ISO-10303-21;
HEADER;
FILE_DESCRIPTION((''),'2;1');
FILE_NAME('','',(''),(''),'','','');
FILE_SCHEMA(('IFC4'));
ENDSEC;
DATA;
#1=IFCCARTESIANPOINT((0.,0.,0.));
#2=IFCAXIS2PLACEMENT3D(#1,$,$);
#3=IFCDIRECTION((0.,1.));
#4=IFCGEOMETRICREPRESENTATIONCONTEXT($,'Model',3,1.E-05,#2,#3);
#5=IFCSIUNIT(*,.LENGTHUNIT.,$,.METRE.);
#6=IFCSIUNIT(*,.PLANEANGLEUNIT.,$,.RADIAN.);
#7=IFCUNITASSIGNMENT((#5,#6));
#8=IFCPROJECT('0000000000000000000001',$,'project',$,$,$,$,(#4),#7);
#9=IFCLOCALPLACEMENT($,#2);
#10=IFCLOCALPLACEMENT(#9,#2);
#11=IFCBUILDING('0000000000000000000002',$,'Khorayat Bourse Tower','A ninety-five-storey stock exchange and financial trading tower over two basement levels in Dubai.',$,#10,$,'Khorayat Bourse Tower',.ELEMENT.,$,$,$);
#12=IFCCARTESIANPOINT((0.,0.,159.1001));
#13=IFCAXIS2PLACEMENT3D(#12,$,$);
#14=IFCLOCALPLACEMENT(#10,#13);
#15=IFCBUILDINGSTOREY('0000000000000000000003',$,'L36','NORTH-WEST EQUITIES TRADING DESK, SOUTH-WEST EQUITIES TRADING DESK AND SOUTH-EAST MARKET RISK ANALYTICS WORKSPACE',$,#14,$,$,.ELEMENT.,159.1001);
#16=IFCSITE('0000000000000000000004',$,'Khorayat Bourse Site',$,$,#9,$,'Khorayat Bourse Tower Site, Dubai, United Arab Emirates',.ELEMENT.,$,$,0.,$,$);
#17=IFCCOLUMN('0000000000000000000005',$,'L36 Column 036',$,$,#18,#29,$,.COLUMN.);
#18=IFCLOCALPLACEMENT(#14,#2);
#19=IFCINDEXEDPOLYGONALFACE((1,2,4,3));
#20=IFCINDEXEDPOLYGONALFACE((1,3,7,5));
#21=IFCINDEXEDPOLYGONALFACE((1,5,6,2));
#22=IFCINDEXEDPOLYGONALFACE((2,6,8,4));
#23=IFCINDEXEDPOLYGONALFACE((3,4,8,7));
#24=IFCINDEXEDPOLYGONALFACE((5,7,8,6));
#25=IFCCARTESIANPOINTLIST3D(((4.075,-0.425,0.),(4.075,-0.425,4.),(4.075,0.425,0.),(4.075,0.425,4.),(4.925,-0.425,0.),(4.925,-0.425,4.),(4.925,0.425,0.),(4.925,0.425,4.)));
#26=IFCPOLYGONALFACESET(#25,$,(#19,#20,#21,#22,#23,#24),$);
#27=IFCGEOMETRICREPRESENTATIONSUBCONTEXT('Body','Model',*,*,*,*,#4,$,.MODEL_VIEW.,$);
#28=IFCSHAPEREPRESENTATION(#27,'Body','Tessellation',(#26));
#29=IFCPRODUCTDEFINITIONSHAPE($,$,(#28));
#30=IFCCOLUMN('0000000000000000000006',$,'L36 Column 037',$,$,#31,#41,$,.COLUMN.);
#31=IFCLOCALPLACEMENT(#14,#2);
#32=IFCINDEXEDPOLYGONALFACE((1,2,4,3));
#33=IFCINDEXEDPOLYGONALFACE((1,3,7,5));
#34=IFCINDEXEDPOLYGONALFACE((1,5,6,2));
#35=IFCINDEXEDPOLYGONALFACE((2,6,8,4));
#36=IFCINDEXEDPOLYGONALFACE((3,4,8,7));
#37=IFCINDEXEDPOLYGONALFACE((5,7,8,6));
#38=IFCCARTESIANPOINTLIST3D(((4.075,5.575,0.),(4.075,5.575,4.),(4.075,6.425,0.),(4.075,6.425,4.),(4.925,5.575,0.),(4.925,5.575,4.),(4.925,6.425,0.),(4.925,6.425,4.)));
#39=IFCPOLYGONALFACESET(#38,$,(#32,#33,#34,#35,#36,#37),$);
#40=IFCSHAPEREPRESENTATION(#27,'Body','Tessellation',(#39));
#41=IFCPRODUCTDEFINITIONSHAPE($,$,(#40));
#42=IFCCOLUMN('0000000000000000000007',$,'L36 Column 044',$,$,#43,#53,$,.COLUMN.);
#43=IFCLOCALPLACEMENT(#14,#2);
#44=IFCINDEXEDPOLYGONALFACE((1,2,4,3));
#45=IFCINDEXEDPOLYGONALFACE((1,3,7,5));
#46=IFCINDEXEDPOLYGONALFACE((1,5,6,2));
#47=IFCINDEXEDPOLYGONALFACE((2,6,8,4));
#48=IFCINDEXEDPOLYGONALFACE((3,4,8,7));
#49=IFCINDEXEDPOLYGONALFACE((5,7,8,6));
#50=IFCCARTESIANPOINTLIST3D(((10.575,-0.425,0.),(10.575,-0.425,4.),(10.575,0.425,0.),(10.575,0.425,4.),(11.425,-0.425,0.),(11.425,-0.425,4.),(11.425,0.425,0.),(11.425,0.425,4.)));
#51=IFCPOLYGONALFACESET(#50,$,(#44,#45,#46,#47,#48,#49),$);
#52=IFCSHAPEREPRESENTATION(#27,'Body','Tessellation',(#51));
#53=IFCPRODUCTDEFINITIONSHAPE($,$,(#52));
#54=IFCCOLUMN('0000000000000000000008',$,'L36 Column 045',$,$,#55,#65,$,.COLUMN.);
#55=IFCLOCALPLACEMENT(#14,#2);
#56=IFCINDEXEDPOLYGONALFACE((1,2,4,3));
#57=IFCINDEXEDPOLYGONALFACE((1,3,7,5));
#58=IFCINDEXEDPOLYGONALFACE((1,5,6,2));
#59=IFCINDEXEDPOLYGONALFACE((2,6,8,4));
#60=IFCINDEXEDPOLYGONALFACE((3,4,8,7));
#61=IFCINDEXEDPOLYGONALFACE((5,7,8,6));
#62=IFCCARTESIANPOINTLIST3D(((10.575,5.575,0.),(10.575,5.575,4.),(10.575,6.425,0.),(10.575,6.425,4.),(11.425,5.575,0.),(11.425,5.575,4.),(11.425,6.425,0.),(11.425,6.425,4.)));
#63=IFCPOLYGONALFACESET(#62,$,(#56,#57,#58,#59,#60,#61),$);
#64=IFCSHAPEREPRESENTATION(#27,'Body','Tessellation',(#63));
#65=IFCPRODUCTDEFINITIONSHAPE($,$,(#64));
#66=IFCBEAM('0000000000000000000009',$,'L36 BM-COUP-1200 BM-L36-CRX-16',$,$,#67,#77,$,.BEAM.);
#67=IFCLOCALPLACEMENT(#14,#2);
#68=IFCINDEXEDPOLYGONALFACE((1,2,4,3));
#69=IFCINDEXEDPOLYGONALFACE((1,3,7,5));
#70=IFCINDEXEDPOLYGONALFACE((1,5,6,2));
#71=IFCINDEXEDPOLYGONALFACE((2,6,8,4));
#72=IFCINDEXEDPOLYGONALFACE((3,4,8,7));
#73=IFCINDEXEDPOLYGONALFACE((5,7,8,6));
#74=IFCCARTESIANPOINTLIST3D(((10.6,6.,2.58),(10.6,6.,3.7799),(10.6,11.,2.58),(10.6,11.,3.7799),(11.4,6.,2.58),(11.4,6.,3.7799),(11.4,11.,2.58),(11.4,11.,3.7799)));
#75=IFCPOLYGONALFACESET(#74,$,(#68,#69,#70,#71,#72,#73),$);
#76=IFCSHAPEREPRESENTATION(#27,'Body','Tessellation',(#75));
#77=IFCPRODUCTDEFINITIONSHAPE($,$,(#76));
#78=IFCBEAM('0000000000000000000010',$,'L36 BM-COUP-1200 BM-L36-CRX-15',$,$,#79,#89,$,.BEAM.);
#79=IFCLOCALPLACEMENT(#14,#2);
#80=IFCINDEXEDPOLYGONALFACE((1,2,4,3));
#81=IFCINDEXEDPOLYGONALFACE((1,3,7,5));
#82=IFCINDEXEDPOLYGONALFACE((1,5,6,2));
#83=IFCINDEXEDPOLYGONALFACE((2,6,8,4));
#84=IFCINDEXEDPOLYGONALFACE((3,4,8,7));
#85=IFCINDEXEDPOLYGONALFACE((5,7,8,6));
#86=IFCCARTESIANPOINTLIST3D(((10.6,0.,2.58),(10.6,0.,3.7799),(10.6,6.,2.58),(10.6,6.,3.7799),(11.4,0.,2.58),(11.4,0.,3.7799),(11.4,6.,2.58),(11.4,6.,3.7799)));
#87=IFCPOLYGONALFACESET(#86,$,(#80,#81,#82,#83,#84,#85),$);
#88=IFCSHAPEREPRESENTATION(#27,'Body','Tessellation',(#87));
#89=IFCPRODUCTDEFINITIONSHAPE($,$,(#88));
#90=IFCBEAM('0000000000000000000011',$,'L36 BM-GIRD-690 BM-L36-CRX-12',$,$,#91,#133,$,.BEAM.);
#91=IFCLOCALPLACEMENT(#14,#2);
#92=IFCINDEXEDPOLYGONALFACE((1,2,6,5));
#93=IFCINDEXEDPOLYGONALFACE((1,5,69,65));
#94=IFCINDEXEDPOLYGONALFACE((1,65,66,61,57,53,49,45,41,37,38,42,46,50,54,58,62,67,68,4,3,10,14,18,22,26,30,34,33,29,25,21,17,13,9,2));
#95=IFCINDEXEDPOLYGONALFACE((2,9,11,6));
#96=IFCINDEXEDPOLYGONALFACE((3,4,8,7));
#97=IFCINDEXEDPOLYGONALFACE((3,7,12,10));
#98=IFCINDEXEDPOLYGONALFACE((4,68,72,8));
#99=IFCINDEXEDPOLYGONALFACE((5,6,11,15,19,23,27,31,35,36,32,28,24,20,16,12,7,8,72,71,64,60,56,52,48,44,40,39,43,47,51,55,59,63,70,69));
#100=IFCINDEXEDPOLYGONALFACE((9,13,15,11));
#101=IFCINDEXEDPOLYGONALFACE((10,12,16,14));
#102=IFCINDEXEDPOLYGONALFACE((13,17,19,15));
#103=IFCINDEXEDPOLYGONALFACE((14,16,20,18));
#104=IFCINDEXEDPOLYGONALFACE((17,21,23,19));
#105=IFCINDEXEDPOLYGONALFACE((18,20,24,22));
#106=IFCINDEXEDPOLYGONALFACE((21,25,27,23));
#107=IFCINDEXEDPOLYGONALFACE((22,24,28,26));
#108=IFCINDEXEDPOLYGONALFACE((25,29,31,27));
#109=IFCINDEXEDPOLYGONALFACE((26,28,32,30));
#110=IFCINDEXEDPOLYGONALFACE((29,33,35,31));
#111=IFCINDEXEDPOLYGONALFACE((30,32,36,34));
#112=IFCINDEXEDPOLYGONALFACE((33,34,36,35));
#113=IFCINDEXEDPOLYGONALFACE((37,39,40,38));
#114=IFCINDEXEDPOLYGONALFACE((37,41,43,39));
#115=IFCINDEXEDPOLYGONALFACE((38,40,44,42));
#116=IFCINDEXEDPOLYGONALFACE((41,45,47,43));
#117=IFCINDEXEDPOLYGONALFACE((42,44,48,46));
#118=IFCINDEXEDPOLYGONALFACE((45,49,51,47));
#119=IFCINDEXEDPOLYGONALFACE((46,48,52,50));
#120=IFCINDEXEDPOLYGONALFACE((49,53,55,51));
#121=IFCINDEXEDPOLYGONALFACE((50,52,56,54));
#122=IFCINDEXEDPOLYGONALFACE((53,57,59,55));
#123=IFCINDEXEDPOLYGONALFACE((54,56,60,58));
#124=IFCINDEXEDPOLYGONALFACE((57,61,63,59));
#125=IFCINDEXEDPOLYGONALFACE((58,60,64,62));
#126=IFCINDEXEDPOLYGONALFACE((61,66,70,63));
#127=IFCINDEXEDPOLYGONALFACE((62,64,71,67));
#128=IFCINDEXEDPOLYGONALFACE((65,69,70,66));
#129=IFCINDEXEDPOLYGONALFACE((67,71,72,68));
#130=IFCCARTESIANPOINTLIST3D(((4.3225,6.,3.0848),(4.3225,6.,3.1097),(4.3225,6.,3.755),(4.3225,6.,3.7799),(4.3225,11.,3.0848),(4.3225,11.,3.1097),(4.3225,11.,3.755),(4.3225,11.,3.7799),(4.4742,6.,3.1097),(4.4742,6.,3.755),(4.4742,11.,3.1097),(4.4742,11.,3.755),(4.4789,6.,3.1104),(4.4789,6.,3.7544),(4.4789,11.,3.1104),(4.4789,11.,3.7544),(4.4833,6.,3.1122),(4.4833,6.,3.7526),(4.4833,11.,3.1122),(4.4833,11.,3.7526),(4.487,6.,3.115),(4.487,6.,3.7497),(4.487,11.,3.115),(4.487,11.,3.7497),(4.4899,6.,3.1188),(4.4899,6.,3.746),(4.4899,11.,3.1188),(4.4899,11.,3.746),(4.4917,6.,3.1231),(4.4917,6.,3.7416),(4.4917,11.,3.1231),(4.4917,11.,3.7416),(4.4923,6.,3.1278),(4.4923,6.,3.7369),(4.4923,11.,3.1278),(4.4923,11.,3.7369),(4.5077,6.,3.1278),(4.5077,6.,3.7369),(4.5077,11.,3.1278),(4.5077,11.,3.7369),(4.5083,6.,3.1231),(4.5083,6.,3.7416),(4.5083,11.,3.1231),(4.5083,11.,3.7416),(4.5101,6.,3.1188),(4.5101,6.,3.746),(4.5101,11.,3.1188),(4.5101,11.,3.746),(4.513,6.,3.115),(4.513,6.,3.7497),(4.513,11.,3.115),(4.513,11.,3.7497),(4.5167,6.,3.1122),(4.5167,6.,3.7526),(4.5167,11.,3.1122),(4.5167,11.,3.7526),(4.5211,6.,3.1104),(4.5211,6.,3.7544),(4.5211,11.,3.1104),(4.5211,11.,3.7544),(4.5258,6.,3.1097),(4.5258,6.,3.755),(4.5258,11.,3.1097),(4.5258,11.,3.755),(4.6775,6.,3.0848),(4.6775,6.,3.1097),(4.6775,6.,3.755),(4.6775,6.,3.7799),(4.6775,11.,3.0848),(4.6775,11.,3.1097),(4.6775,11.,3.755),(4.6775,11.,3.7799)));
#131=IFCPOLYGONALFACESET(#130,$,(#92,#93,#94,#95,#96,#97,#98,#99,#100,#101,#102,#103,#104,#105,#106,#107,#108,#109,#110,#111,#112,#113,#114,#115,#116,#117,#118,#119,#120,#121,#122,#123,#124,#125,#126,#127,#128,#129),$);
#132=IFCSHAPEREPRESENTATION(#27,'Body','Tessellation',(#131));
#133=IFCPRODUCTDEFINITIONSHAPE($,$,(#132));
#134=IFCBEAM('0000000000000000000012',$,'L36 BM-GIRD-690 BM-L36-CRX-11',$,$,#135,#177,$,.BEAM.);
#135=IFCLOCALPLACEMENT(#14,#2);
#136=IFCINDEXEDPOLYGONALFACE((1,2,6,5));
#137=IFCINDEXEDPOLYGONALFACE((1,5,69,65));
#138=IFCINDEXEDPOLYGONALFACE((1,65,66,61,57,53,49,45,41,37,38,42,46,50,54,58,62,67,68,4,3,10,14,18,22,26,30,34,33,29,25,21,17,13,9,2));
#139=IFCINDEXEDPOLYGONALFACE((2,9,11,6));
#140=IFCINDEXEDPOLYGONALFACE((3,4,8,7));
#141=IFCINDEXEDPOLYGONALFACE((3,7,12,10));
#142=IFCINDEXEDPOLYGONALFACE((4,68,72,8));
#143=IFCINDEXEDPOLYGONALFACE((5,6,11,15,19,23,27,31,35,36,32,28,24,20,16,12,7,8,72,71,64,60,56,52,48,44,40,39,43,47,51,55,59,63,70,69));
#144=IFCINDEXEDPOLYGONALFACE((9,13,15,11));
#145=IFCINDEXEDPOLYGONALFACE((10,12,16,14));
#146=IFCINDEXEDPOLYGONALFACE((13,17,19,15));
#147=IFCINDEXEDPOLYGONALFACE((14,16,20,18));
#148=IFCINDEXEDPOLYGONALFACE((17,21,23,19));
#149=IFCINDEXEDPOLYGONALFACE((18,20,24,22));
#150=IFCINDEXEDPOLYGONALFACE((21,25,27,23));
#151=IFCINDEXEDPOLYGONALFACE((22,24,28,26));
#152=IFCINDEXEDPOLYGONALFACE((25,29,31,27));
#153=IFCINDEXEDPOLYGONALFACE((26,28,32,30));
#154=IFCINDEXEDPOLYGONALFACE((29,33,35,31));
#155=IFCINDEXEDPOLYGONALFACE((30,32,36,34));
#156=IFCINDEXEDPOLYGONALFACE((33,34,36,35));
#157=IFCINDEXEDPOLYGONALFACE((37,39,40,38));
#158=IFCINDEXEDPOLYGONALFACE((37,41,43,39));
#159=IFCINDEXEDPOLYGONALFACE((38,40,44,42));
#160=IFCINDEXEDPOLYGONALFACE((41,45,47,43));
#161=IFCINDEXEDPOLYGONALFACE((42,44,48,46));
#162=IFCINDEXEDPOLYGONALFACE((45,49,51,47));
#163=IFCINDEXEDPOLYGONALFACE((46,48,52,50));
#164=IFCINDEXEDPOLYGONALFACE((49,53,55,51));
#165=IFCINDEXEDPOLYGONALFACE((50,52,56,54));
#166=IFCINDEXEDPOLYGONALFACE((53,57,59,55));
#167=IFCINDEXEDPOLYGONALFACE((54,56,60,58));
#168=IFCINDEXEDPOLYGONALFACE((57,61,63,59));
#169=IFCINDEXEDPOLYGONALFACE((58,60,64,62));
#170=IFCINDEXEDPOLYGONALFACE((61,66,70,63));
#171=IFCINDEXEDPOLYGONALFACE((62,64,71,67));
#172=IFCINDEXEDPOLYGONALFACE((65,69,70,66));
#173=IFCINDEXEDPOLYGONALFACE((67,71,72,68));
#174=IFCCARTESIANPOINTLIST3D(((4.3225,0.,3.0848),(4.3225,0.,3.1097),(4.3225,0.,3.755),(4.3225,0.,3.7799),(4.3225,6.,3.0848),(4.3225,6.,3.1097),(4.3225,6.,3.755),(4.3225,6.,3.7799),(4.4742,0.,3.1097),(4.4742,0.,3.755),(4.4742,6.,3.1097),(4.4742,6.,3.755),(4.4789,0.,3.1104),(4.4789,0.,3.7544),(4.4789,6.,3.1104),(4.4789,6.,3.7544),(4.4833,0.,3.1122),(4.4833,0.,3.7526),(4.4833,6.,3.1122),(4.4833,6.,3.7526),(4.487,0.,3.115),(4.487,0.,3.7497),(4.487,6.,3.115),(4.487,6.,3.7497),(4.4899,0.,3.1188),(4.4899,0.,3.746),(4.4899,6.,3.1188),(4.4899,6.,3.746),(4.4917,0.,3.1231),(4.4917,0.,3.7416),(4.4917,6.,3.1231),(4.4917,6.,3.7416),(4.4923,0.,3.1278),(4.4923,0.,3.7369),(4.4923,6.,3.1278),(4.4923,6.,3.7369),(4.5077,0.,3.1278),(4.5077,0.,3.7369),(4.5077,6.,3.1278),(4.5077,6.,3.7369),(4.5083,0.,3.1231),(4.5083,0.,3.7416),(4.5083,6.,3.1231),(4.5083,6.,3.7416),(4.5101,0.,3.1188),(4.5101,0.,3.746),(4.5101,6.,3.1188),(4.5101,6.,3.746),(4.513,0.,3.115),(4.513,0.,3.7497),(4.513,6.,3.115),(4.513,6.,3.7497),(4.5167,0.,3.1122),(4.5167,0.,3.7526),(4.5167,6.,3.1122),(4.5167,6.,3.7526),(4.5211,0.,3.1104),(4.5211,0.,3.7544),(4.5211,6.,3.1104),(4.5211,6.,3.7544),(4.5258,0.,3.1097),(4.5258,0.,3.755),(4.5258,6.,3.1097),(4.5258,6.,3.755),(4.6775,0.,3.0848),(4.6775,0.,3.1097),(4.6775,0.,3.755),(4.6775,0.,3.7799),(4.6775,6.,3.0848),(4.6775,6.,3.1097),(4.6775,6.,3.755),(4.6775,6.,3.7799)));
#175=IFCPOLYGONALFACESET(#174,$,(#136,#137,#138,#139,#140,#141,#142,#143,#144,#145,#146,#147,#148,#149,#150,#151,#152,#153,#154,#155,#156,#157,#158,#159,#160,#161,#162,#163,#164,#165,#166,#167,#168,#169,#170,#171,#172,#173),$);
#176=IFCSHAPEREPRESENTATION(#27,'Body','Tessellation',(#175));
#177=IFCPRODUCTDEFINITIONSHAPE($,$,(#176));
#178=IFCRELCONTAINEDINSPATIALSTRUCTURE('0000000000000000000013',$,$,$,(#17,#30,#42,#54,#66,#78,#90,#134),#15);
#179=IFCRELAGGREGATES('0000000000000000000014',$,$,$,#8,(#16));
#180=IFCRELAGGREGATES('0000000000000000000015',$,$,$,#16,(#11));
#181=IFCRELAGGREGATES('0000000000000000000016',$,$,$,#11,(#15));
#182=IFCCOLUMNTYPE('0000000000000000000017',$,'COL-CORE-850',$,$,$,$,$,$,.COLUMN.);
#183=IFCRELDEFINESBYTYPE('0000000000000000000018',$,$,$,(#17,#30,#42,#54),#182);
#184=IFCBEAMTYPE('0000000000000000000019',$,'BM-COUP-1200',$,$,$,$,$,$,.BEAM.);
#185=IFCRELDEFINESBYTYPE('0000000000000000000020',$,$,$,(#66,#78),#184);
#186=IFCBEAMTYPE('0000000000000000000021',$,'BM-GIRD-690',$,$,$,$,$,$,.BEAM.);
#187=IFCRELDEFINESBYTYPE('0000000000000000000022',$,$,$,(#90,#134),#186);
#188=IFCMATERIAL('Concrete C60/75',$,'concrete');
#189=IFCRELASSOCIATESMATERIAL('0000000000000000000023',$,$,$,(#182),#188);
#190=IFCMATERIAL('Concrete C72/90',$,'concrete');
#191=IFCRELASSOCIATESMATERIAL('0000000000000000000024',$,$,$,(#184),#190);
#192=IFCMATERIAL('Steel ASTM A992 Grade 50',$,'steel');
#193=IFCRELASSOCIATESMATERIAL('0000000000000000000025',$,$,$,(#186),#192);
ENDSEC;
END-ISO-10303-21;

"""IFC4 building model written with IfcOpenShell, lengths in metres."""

from ifc_helpers import new_model, si_unit, direction, frame, origin, origin_2d, place, context, subcontext, project, spatial, rectangle, i_section, extrude, source, transform, mapped, material, material_profile, profile_set, type_object, element, save


model = new_model("IFC4")

# Units and contexts
model_context = context("Model", 3, precision=1e-05, world=origin(), true_north=direction((0.0, 1.0)))
body_context = subcontext(model_context, "Body", "Model", "MODEL_VIEW")
ifc_project = project(units=[si_unit("LENGTHUNIT", "METRE"), si_unit("PLANEANGLEUNIT", "RADIAN")], contexts=[model_context])

# Site, building, storey
site_placement = place(None, origin())
site = spatial("IfcSite", under=ifc_project, at=site_placement, Name="Khorayat Bourse Site", LongName="Khorayat Bourse Tower Site, Dubai, United Arab Emirates", CompositionType="ELEMENT", RefElevation=0.0)
building_placement = place(site_placement, origin())
building = spatial("IfcBuilding", under=site, at=building_placement, Name="Khorayat Bourse Tower", Description="A ninety-five-storey stock exchange and financial trading tower over two basement levels in Dubai.", LongName="Khorayat Bourse Tower", CompositionType="ELEMENT")
storey_placement = place(building_placement, frame((0.0, 0.0, 159.1001)))
storey = spatial("IfcBuildingStorey", under=building, at=storey_placement, Name="L36", Description="NORTH-WEST EQUITIES TRADING DESK, SOUTH-WEST EQUITIES TRADING DESK AND SOUTH-EAST MARKET RISK ANALYTICS WORKSPACE", CompositionType="ELEMENT", Elevation=159.1001)

# Columns
ifc_material_1 = material(Name="Concrete C60/75", Category="concrete")
ifc_material_profile_1 = material_profile(ifc_material_1, rectangle(XDim=0.8501, YDim=0.8501, at=origin_2d()), Name="RC 850x850")
ifc_profile_set_1 = profile_set([ifc_material_profile_1], Name="Concrete C60/75")
column_type = type_object("IfcColumnType", Name="COL-CORE-850", PredefinedType="COLUMN", material=ifc_profile_set_1)
shared_shape_1 = source(origin(), body_context, "Body", "SweptSolid", [
    extrude(rectangle(XDim=0.8501, YDim=0.8501, at=origin_2d()), origin(), (0.0, 0.0, 1.0), 4.0),
])
for number, where, z_axis, x_axis, name in (
    (1, (4.5, 0.0, 0.0), (0.0, 0.0, 1.0), (1.0, 0.0, 0.0), "L36 Column 036"),
    (2, (4.5, 6.0, 0.0), (0.0, 0.0, 1.0), (1.0, 0.0, 0.0), "L36 Column 037"),
    (3, (11.0, 0.0, 0.0), (0.0, 0.0, 1.0), (1.0, 0.0, 0.0), "L36 Column 044"),
    (4, (11.0, 6.0, 0.0), (0.0, 0.0, 1.0), (1.0, 0.0, 0.0), "L36 Column 045"),
):
    element("IfcColumn", number, at=place(storey_placement, frame(where, z_axis=z_axis, x_axis=x_axis)), inside=storey, type_object=column_type, Name=name, PredefinedType="COLUMN", context=body_context, shape_type="MappedRepresentation", body=[
        mapped(shared_shape_1, transform((0.0, 0.0, 0.0), scale=1.0)),
    ])

# Beams
ifc_material_2 = material(Name="Concrete C72/90", Category="concrete")
ifc_material_profile_2 = material_profile(ifc_material_2, rectangle(XDim=0.8, YDim=1.2, at=origin_2d()), Name="RC 800x1200")
ifc_profile_set_2 = profile_set([ifc_material_profile_2], Name="Concrete C72/90")
beam_type_1 = type_object("IfcBeamType", Name="BM-COUP-1200", PredefinedType="BEAM", material=ifc_profile_set_2)
shared_shape_2 = source(origin(), body_context, "Body", "SweptSolid", [
    extrude(rectangle(XDim=0.8, YDim=1.2, at=origin_2d()), origin(), (0.0, 0.0, 1.0), 5.0),
])
beam_1_placement = place(storey_placement, frame((11.0, 6.0, 3.1799), z_axis=(0.0, 1.0, 0.0), x_axis=(-1.0, 0.0, 0.0)))
element("IfcBeam", 5, at=beam_1_placement, inside=storey, type_object=beam_type_1, Name="L36 BM-COUP-1200 BM-L36-CRX-16", PredefinedType="BEAM", context=body_context, shape_type="MappedRepresentation", body=[
    mapped(shared_shape_2, transform((0.0, 0.0, 0.0), scale=1.0)),
])
shared_shape_3 = source(origin(), body_context, "Body", "SweptSolid", [
    extrude(rectangle(XDim=0.8, YDim=1.2, at=origin_2d()), origin(), (0.0, 0.0, 1.0), 6.0),
])
beam_2_placement = place(storey_placement, frame((11.0, 0.0, 3.1799), z_axis=(0.0, 1.0, 0.0), x_axis=(-1.0, 0.0, 0.0)))
element("IfcBeam", 6, at=beam_2_placement, inside=storey, type_object=beam_type_1, Name="L36 BM-COUP-1200 BM-L36-CRX-15", PredefinedType="BEAM", context=body_context, shape_type="MappedRepresentation", body=[
    mapped(shared_shape_3, transform((0.0, 0.0, 0.0), scale=1.0)),
])
ifc_material_3 = material(Name="Steel ASTM A992 Grade 50", Category="steel")
ifc_material_profile_3 = material_profile(ifc_material_3, i_section(OverallWidth=0.355, OverallDepth=0.6951, WebThickness=0.0154, FlangeThickness=0.0249, FilletRadius=0.0181, at=origin_2d()), Name="W690X217")
ifc_profile_set_3 = profile_set([ifc_material_profile_3], Name="Steel ASTM A992 Grade 50")
beam_type_2 = type_object("IfcBeamType", Name="BM-GIRD-690", PredefinedType="BEAM", material=ifc_profile_set_3)
shared_shape_4 = source(origin(), body_context, "Body", "SweptSolid", [
    extrude(i_section(OverallWidth=0.355, OverallDepth=0.6951, WebThickness=0.0154, FlangeThickness=0.0249, FilletRadius=0.0181, at=origin_2d()), origin(), (0.0, 0.0, 1.0), 5.0),
])
beam_3_placement = place(storey_placement, frame((4.5, 6.0, 3.4324), z_axis=(0.0, 1.0, 0.0), x_axis=(-1.0, 0.0, 0.0)))
element("IfcBeam", 7, at=beam_3_placement, inside=storey, type_object=beam_type_2, Name="L36 BM-GIRD-690 BM-L36-CRX-12", PredefinedType="BEAM", context=body_context, shape_type="MappedRepresentation", body=[
    mapped(shared_shape_4, transform((0.0, 0.0, 0.0), scale=1.0)),
])
shared_shape_5 = source(origin(), body_context, "Body", "SweptSolid", [
    extrude(i_section(OverallWidth=0.355, OverallDepth=0.6951, WebThickness=0.0154, FlangeThickness=0.0249, FilletRadius=0.0181, at=origin_2d()), origin(), (0.0, 0.0, 1.0), 6.0),
])
beam_4_placement = place(storey_placement, frame((4.5, 0.0, 3.4324), z_axis=(0.0, 1.0, 0.0), x_axis=(-1.0, 0.0, 0.0)))
element("IfcBeam", 8, at=beam_4_placement, inside=storey, type_object=beam_type_2, Name="L36 BM-GIRD-690 BM-L36-CRX-11", PredefinedType="BEAM", context=body_context, shape_type="MappedRepresentation", body=[
    mapped(shared_shape_5, transform((0.0, 0.0, 0.0), scale=1.0)),
])

save(model, "model.ifc")
